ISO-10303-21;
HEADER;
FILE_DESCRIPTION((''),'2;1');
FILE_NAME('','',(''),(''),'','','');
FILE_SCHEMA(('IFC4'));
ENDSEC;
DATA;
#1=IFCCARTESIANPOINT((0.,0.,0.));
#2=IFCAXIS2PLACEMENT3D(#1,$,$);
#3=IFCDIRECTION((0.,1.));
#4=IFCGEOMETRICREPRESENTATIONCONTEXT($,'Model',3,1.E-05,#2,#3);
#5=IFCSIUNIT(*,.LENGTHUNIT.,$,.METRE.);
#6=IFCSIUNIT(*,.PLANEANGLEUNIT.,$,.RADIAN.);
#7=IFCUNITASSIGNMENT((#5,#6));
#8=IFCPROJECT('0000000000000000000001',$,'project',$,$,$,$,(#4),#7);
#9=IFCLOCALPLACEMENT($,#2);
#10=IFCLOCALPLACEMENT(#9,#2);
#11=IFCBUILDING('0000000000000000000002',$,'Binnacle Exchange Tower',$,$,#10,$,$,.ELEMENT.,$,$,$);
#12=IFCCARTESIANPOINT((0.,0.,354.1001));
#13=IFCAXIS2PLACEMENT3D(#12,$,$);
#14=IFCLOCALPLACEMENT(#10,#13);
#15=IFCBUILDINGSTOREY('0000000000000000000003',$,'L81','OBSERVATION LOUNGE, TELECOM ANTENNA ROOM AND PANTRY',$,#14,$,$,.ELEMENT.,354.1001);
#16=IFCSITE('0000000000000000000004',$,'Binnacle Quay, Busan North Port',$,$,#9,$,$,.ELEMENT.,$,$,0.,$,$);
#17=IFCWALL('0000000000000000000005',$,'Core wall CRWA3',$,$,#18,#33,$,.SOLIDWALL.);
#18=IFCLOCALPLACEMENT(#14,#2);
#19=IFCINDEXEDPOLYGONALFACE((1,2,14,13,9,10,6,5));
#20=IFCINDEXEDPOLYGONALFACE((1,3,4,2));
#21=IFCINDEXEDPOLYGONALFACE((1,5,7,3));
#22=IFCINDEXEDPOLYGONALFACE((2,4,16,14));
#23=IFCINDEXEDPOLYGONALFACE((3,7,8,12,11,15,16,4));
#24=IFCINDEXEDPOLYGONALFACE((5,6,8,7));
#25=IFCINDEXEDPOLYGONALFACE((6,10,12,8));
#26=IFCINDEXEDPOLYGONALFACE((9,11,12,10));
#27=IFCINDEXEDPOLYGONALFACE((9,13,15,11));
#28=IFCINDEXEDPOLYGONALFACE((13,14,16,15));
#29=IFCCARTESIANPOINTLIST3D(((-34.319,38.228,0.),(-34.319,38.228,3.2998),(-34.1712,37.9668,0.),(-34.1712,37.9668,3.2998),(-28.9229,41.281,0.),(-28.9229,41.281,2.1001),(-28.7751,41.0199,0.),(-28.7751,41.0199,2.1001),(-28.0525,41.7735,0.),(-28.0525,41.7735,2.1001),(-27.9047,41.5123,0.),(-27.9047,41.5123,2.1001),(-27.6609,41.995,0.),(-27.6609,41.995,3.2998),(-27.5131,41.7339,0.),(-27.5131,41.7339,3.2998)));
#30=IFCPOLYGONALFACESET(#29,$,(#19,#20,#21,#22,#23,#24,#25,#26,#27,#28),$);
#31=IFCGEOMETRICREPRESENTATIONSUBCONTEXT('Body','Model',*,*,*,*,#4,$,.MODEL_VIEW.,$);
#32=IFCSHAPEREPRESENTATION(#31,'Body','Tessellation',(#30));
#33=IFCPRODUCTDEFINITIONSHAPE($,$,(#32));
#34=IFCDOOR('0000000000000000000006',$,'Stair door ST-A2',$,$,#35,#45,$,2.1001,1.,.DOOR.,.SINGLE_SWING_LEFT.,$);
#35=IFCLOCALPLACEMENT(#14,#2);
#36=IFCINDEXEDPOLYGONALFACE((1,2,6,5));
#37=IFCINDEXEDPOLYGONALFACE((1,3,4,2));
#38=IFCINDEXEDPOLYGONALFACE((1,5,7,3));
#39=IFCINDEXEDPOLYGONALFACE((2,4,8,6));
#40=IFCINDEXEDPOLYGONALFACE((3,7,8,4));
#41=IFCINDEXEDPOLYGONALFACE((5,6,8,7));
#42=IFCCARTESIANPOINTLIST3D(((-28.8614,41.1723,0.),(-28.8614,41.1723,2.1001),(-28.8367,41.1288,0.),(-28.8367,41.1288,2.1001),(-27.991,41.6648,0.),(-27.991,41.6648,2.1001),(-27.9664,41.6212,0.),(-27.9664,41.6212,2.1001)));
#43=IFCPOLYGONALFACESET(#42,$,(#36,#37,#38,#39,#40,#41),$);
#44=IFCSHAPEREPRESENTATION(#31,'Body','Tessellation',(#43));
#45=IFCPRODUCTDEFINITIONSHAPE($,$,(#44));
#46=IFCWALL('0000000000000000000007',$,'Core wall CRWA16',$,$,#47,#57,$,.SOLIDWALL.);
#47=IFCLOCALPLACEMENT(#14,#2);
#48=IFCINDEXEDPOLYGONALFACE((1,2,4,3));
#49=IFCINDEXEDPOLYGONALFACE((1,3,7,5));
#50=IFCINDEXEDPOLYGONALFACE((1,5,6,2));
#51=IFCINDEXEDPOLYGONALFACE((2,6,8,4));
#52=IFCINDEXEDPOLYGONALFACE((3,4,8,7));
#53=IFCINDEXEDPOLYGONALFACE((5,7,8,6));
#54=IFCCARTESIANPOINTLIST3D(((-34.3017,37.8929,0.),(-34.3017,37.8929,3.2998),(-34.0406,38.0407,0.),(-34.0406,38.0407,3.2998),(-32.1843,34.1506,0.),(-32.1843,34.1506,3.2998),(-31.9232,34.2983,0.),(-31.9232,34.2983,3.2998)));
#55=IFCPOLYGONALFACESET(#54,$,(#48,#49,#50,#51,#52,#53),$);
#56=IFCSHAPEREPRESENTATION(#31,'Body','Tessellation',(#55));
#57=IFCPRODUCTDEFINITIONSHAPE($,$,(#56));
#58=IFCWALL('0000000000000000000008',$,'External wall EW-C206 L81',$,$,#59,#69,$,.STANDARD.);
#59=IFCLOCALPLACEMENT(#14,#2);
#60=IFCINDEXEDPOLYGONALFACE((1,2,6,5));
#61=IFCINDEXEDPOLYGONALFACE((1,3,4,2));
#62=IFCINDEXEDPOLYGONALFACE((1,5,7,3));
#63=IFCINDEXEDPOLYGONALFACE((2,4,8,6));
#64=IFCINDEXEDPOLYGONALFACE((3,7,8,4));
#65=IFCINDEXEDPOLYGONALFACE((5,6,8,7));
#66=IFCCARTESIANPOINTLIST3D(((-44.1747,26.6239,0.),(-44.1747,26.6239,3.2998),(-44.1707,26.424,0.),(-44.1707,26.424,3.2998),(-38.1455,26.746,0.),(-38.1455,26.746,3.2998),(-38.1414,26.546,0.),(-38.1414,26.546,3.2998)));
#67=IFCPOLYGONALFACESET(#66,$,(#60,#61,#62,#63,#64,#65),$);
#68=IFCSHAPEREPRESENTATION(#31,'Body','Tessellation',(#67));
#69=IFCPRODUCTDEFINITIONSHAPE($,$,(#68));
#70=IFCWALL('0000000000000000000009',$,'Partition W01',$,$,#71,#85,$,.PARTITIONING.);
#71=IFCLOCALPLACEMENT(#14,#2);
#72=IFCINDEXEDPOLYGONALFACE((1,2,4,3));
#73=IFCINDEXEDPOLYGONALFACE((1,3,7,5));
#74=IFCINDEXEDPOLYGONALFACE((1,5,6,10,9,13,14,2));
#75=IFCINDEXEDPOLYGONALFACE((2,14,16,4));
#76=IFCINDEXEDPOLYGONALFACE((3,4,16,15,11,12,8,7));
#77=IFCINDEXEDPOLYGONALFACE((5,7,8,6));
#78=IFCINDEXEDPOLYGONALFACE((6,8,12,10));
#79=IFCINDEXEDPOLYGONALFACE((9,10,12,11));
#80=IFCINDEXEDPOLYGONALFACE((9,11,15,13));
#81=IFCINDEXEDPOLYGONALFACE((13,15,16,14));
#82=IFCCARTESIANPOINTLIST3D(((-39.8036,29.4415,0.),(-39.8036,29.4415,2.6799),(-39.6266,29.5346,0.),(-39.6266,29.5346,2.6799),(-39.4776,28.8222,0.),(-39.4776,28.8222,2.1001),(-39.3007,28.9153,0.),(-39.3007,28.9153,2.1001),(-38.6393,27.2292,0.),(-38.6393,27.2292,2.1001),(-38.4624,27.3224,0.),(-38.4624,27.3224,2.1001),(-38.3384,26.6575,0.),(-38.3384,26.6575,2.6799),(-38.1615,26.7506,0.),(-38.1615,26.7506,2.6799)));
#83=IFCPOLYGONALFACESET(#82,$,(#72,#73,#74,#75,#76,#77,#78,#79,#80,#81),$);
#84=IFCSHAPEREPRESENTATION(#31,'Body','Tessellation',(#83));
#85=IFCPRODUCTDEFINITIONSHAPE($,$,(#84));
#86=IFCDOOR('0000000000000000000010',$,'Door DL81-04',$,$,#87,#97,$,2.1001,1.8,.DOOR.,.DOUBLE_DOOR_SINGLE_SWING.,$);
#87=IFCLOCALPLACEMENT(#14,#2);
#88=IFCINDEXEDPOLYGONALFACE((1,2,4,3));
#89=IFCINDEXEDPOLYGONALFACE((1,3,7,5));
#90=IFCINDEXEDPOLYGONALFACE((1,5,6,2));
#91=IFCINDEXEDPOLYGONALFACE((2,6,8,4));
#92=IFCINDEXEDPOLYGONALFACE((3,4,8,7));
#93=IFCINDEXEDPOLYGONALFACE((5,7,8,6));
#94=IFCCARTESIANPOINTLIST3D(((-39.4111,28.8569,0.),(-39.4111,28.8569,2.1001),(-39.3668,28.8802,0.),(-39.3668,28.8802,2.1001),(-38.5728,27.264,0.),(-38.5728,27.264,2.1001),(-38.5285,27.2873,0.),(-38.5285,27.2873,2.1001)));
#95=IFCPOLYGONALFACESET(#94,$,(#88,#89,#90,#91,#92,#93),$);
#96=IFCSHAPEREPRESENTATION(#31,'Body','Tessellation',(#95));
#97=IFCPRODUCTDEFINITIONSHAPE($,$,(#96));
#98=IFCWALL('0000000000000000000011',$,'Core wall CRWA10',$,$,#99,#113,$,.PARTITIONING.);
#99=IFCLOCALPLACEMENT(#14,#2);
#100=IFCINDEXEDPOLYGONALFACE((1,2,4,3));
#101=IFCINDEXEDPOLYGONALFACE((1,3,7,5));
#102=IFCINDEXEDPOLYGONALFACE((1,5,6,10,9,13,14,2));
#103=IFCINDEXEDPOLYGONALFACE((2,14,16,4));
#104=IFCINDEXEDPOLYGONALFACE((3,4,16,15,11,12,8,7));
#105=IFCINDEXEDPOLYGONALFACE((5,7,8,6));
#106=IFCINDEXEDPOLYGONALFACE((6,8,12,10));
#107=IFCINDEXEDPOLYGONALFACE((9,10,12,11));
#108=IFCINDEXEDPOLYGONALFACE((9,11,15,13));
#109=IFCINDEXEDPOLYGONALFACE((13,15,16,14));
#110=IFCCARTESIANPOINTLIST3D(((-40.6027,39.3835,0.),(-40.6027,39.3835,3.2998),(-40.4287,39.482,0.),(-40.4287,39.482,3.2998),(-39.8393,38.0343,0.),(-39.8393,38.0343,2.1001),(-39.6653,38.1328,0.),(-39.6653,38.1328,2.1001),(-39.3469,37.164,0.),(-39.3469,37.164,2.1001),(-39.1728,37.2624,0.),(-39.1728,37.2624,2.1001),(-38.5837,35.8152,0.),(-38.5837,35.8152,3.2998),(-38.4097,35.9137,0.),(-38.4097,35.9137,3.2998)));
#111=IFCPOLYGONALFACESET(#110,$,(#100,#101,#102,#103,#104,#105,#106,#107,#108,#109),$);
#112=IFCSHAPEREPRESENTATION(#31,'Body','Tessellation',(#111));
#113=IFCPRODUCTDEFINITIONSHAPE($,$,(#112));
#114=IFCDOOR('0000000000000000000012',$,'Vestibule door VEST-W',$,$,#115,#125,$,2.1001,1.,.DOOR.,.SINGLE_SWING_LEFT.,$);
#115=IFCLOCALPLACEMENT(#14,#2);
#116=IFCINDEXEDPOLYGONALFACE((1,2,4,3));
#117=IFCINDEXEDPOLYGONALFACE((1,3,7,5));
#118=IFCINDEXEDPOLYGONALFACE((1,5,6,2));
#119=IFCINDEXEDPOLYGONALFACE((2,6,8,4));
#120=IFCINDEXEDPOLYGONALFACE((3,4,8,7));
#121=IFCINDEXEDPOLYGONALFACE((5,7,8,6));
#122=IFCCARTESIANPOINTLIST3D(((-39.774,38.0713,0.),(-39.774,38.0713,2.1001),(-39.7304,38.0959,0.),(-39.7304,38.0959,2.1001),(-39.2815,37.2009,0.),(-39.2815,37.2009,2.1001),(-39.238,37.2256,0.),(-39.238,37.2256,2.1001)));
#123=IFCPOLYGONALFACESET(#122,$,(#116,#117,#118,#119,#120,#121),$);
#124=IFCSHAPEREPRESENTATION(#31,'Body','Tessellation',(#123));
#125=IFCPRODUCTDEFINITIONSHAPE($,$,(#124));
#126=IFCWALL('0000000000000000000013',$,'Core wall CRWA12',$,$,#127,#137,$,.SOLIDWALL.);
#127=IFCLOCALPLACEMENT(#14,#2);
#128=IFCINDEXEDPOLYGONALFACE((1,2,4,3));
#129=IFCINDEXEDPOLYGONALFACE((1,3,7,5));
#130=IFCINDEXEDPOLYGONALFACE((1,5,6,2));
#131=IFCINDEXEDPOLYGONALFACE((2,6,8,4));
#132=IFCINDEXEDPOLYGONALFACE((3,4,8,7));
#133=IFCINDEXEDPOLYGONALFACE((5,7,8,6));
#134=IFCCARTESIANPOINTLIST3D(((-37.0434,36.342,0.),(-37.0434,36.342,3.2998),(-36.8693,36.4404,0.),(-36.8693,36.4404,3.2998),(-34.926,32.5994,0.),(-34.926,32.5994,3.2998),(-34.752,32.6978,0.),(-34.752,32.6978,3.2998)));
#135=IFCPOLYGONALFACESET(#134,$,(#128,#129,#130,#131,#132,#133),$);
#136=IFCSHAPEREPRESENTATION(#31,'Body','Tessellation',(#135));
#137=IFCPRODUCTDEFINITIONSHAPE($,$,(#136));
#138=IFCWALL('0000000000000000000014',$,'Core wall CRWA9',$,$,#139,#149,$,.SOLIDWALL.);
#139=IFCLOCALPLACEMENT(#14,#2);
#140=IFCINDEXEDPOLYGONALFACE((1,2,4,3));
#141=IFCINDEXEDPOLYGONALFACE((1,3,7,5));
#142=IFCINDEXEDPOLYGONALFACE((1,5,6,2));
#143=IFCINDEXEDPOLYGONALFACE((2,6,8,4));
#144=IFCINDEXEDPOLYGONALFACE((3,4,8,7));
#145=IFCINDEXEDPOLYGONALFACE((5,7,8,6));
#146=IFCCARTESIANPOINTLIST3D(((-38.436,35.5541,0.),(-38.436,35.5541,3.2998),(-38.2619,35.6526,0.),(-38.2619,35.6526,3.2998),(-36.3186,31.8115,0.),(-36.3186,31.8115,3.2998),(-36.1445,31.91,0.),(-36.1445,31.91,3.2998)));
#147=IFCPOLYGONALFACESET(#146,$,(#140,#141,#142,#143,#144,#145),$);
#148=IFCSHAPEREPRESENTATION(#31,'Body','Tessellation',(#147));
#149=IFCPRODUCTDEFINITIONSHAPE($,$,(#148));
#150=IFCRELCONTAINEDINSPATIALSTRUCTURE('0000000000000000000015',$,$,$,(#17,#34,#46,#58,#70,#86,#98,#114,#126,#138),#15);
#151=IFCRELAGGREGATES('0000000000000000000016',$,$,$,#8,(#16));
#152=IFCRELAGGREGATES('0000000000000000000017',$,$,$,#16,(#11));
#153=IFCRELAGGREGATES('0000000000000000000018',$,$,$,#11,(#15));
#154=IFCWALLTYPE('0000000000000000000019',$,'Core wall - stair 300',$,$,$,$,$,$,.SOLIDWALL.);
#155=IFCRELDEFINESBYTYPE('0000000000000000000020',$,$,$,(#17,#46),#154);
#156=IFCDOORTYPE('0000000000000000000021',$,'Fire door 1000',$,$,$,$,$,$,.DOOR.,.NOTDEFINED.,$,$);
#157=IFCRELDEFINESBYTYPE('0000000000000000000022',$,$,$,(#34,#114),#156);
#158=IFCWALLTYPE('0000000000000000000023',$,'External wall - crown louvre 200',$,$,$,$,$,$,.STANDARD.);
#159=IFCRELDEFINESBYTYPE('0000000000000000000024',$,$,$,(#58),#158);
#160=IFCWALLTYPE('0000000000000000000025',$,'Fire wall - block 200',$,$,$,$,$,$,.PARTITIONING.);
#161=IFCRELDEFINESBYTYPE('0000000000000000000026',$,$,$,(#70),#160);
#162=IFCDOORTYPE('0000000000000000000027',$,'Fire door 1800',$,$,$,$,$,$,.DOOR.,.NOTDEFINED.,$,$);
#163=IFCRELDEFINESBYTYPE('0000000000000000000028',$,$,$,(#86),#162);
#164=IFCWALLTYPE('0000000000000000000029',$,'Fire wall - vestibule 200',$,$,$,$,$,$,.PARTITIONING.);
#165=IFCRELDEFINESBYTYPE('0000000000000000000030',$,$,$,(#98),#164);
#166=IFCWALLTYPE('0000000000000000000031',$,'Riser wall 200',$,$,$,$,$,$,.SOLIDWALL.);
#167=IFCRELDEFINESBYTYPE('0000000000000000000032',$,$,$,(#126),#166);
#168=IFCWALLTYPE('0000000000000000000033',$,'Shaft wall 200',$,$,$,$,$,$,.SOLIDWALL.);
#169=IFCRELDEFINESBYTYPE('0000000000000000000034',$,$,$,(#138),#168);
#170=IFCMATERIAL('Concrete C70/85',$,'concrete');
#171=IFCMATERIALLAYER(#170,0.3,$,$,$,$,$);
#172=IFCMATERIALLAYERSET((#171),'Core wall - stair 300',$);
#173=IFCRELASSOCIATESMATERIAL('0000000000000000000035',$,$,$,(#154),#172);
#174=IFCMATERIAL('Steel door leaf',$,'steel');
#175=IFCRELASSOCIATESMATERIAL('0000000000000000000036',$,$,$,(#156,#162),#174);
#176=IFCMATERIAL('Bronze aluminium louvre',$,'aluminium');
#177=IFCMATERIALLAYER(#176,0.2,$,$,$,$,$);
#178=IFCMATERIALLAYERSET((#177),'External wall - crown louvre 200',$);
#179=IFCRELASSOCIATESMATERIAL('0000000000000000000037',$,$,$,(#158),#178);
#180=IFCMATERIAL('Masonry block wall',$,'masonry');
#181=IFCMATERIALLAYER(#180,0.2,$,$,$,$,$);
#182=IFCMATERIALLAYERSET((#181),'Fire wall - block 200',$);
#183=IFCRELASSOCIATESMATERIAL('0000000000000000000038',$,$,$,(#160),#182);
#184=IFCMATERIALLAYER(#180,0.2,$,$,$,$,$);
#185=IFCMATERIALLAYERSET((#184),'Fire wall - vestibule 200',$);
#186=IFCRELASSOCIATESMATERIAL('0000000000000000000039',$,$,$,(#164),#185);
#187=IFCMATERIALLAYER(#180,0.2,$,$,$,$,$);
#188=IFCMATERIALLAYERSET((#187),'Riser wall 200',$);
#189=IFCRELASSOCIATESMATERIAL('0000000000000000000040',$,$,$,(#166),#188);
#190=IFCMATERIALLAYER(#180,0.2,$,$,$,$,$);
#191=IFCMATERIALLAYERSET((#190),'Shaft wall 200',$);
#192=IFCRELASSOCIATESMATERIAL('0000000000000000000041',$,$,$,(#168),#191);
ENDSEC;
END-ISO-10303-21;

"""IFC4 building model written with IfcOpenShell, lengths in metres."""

from ifc_helpers import new_model, si_unit, direction, frame, frame_2d, origin, place, context, subcontext, project, spatial, rectangle, extrude, material, layer, layer_set, type_object, element, fill, save


model = new_model("IFC4")

# Units and contexts
model_context = context("Model", 3, precision=1e-05, world=origin(), true_north=direction((0.0, 1.0)))
body_context = subcontext(model_context, "Body", "Model", "MODEL_VIEW")
ifc_project = project(units=[si_unit("LENGTHUNIT", "METRE"), si_unit("PLANEANGLEUNIT", "RADIAN")], contexts=[model_context])

# Site, building, storey
site_placement = place(None, origin())
site = spatial("IfcSite", under=ifc_project, at=site_placement, Name="Binnacle Quay, Busan North Port", CompositionType="ELEMENT", RefElevation=0.0)
building_placement = place(site_placement, origin())
building = spatial("IfcBuilding", under=site, at=building_placement, Name="Binnacle Exchange Tower", CompositionType="ELEMENT")
storey_placement = place(building_placement, frame((0.0, 0.0, 354.1001)))
storey = spatial("IfcBuildingStorey", under=building, at=storey_placement, Name="L81", Description="OBSERVATION LOUNGE, TELECOM ANTENNA ROOM AND PANTRY", CompositionType="ELEMENT", Elevation=354.1001)

# Shared definitions
ifc_material_1 = material(Name="Concrete C70/85", Category="concrete")
ifc_material_2 = material(Name="Steel door leaf", Category="steel")

# Wall, opening, door
ifc_layer_1 = layer(ifc_material_1, 0.3)
ifc_layer_set_1 = layer_set([ifc_layer_1], Name="Core wall - stair 300")
wall_type_1 = type_object("IfcWallType", Name="Core wall - stair 300", PredefinedType="SOLIDWALL", material=ifc_layer_set_1)
wall_1_placement = place(storey_placement, frame((-34.2451, 38.0974, 0.0), z_axis=(0.0, 0.0, 1.0), x_axis=(0.870352, 0.492429, 0.0)))
wall_1 = element("IfcWall", 1, at=wall_1_placement, inside=storey, type_object=wall_type_1, Name="Core wall CRWA3", PredefinedType="SOLIDWALL", context=body_context, shape_type="SweptSolid", body=[
    extrude(rectangle(XDim=7.6499, YDim=0.3, at=frame_2d((3.825, 0.0))), origin(), (0.0, 0.0, 1.0), 3.2998),
])
opening_1_placement = place(wall_1_placement, frame((6.2, 0.0, 0.0)))
opening_1 = element("IfcOpeningElement", 2, at=opening_1_placement, cuts=wall_1, PredefinedType="OPENING", context=body_context, shape_type="SweptSolid", body=[
    extrude(rectangle(XDim=1.0, YDim=2.1001, at=frame_2d((0.5, 1.05))), frame((0.0, 0.1599, 0.0), z_axis=(0.0, -1.0, 0.0), x_axis=(1.0, 0.0, 0.0)), (0.0, 0.0, 1.0), 0.3201),
])
door_type_1 = type_object("IfcDoorType", Name="Fire door 1000", OperationType="NOTDEFINED", PredefinedType="DOOR", material=ifc_material_2)
door_1_placement = place(opening_1_placement, frame((1.0, 0.0, 0.0), z_axis=(0.0, 0.0, 1.0), x_axis=(-1.0, 0.0, 0.0)))
door_1 = element("IfcDoor", 3, at=door_1_placement, inside=storey, type_object=door_type_1, Name="Stair door ST-A2", OperationType="SINGLE_SWING_LEFT", OverallHeight=2.1001, OverallWidth=1.0, PredefinedType="DOOR", context=body_context, shape_type="SweptSolid", body=[
    extrude(rectangle(XDim=1.0, YDim=2.1001, at=frame_2d((0.5, 1.05))), frame((0.0, 0.0249, 0.0), z_axis=(0.0, -1.0, 0.0), x_axis=(1.0, 0.0, 0.0)), (0.0, 0.0, 1.0), 0.05),
])
fill(opening_1, door_1)

# Walls
wall_2_placement = place(storey_placement, frame((-34.1711, 37.9668, 0.0), z_axis=(0.0, 0.0, 1.0), x_axis=(0.492435, -0.870349, 0.0)))
element("IfcWall", 4, at=wall_2_placement, inside=storey, type_object=wall_type_1, Name="Core wall CRWA16", PredefinedType="SOLIDWALL", context=body_context, shape_type="SweptSolid", body=[
    extrude(rectangle(XDim=4.2998, YDim=0.3, at=frame_2d((2.1499, 0.0))), origin(), (0.0, 0.0, 1.0), 3.2998),
])
ifc_material_3 = material(Name="Bronze aluminium louvre", Category="aluminium")
ifc_layer_2 = layer(ifc_material_3, 0.2)
ifc_layer_set_2 = layer_set([ifc_layer_2], Name="External wall - crown louvre 200")
wall_type_2 = type_object("IfcWallType", Name="External wall - crown louvre 200", PredefinedType="STANDARD", material=ifc_layer_set_2)
wall_3_placement = place(storey_placement, frame((-38.1436, 26.646, 0.0), z_axis=(0.0, 0.0, 1.0), x_axis=(-0.999795, -0.020242, 0.0)))
element("IfcWall", 5, at=wall_3_placement, inside=storey, type_object=wall_type_2, Name="External wall EW-C206 L81", PredefinedType="STANDARD", context=body_context, shape_type="SweptSolid", body=[
    extrude(rectangle(XDim=6.0305, YDim=0.2, at=frame_2d((3.0151, 0.0))), origin(), (0.0, 0.0, 1.0), 3.2998),
])

# Walls, openings, doors
ifc_material_4 = material(Name="Masonry block wall", Category="masonry")
ifc_layer_3 = layer(ifc_material_4, 0.2)
ifc_layer_set_3 = layer_set([ifc_layer_3], Name="Fire wall - block 200")
wall_type_3 = type_object("IfcWallType", Name="Fire wall - block 200", PredefinedType="PARTITIONING", material=ifc_layer_set_3)
wall_4_placement = place(storey_placement, frame((-39.7151, 29.488, 0.0), z_axis=(0.0, 0.0, 1.0), x_axis=(0.465711, -0.884937, 0.0)))
wall_4 = element("IfcWall", 6, at=wall_4_placement, inside=storey, type_object=wall_type_3, Name="Partition W01", PredefinedType="PARTITIONING", context=body_context, shape_type="SweptSolid", body=[
    extrude(rectangle(XDim=3.146, YDim=0.2, at=frame_2d((1.573, 0.0))), origin(), (0.0, 0.0, 1.0), 2.6799),
])
opening_2_placement = place(wall_4_placement, frame((0.7, 0.0, 0.0)))
opening_2 = element("IfcOpeningElement", 7, at=opening_2_placement, cuts=wall_4, PredefinedType="OPENING", context=body_context, shape_type="SweptSolid", body=[
    extrude(rectangle(XDim=1.8, YDim=2.1001, at=frame_2d((0.8999, 1.05))), frame((0.0, 0.1099, 0.0), z_axis=(0.0, -1.0, 0.0), x_axis=(1.0, 0.0, 0.0)), (0.0, 0.0, 1.0), 0.22),
])
door_type_2 = type_object("IfcDoorType", Name="Fire door 1800", OperationType="NOTDEFINED", PredefinedType="DOOR", material=ifc_material_2)
door_2_placement = place(opening_2_placement, frame((1.8, 0.0, 0.0), z_axis=(0.0, 0.0, 1.0), x_axis=(-1.0, 0.0, 0.0)))
door_2 = element("IfcDoor", 8, at=door_2_placement, inside=storey, type_object=door_type_2, Name="Door DL81-04", OperationType="DOUBLE_DOOR_SINGLE_SWING", OverallHeight=2.1001, OverallWidth=1.8, PredefinedType="DOOR", context=body_context, shape_type="SweptSolid", body=[
    extrude(rectangle(XDim=1.8, YDim=2.1001, at=frame_2d((0.8999, 1.05))), frame((0.0, 0.0249, 0.0), z_axis=(0.0, -1.0, 0.0), x_axis=(1.0, 0.0, 0.0)), (0.0, 0.0, 1.0), 0.05),
])
fill(opening_2, door_2)
ifc_layer_4 = layer(ifc_material_4, 0.2)
ifc_layer_set_4 = layer_set([ifc_layer_4], Name="Fire wall - vestibule 200")
wall_type_4 = type_object("IfcWallType", Name="Fire wall - vestibule 200", PredefinedType="PARTITIONING", material=ifc_layer_set_4)
wall_5_placement = place(storey_placement, frame((-40.5156, 39.4326, 0.0), z_axis=(0.0, 0.0, 1.0), x_axis=(0.492454, -0.870339, 0.0)))
wall_5 = element("IfcWall", 9, at=wall_5_placement, inside=storey, type_object=wall_type_4, Name="Core wall CRWA10", PredefinedType="PARTITIONING", context=body_context, shape_type="SweptSolid", body=[
    extrude(rectangle(XDim=4.0999, YDim=0.2, at=frame_2d((2.0498, 0.0))), origin(), (0.0, 0.0, 1.0), 3.2998),
])
opening_3_placement = place(wall_5_placement, frame((1.55, 0.0, 0.0)))
opening_3 = element("IfcOpeningElement", 10, at=opening_3_placement, cuts=wall_5, PredefinedType="OPENING", context=body_context, shape_type="SweptSolid", body=[
    extrude(rectangle(XDim=1.0, YDim=2.1001, at=frame_2d((0.5, 1.05))), frame((0.0, 0.1099, 0.0), z_axis=(0.0, -1.0, 0.0), x_axis=(1.0, 0.0, 0.0)), (0.0, 0.0, 1.0), 0.22),
])
door_3_placement = place(opening_3_placement, frame((1.0, 0.0, 0.0), z_axis=(0.0, 0.0, 1.0), x_axis=(-1.0, 0.0, 0.0)))
door_3 = element("IfcDoor", 11, at=door_3_placement, inside=storey, type_object=door_type_1, Name="Vestibule door VEST-W", OperationType="SINGLE_SWING_LEFT", OverallHeight=2.1001, OverallWidth=1.0, PredefinedType="DOOR", context=body_context, shape_type="SweptSolid", body=[
    extrude(rectangle(XDim=1.0, YDim=2.1001, at=frame_2d((0.5, 1.05))), frame((0.0, 0.0249, 0.0), z_axis=(0.0, -1.0, 0.0), x_axis=(1.0, 0.0, 0.0)), (0.0, 0.0, 1.0), 0.05),
])
fill(opening_3, door_3)

# Walls
ifc_layer_5 = layer(ifc_material_4, 0.2)
ifc_layer_set_5 = layer_set([ifc_layer_5], Name="Riser wall 200")
wall_type_5 = type_object("IfcWallType", Name="Riser wall 200", PredefinedType="SOLIDWALL", material=ifc_layer_set_5)
wall_6_placement = place(storey_placement, frame((-36.9563, 36.3911, 0.0), z_axis=(0.0, 0.0, 1.0), x_axis=(0.492411, -0.870363, 0.0)))
element("IfcWall", 12, at=wall_6_placement, inside=storey, type_object=wall_type_5, Name="Core wall CRWA12", PredefinedType="SOLIDWALL", context=body_context, shape_type="SweptSolid", body=[
    extrude(rectangle(XDim=4.3, YDim=0.2, at=frame_2d((2.1499, 0.0))), origin(), (0.0, 0.0, 1.0), 3.2998),
])
ifc_layer_6 = layer(ifc_material_4, 0.2)
ifc_layer_set_6 = layer_set([ifc_layer_6], Name="Shaft wall 200")
wall_type_6 = type_object("IfcWallType", Name="Shaft wall 200", PredefinedType="SOLIDWALL", material=ifc_layer_set_6)
wall_7_placement = place(storey_placement, frame((-38.3489, 35.6033, 0.0), z_axis=(0.0, 0.0, 1.0), x_axis=(0.492411, -0.870363, 0.0)))
element("IfcWall", 13, at=wall_7_placement, inside=storey, type_object=wall_type_6, Name="Core wall CRWA9", PredefinedType="SOLIDWALL", context=body_context, shape_type="SweptSolid", body=[
    extrude(rectangle(XDim=4.3, YDim=0.2, at=frame_2d((2.1499, 0.0))), origin(), (0.0, 0.0, 1.0), 3.2998),
])

save(model, "model.ifc")
